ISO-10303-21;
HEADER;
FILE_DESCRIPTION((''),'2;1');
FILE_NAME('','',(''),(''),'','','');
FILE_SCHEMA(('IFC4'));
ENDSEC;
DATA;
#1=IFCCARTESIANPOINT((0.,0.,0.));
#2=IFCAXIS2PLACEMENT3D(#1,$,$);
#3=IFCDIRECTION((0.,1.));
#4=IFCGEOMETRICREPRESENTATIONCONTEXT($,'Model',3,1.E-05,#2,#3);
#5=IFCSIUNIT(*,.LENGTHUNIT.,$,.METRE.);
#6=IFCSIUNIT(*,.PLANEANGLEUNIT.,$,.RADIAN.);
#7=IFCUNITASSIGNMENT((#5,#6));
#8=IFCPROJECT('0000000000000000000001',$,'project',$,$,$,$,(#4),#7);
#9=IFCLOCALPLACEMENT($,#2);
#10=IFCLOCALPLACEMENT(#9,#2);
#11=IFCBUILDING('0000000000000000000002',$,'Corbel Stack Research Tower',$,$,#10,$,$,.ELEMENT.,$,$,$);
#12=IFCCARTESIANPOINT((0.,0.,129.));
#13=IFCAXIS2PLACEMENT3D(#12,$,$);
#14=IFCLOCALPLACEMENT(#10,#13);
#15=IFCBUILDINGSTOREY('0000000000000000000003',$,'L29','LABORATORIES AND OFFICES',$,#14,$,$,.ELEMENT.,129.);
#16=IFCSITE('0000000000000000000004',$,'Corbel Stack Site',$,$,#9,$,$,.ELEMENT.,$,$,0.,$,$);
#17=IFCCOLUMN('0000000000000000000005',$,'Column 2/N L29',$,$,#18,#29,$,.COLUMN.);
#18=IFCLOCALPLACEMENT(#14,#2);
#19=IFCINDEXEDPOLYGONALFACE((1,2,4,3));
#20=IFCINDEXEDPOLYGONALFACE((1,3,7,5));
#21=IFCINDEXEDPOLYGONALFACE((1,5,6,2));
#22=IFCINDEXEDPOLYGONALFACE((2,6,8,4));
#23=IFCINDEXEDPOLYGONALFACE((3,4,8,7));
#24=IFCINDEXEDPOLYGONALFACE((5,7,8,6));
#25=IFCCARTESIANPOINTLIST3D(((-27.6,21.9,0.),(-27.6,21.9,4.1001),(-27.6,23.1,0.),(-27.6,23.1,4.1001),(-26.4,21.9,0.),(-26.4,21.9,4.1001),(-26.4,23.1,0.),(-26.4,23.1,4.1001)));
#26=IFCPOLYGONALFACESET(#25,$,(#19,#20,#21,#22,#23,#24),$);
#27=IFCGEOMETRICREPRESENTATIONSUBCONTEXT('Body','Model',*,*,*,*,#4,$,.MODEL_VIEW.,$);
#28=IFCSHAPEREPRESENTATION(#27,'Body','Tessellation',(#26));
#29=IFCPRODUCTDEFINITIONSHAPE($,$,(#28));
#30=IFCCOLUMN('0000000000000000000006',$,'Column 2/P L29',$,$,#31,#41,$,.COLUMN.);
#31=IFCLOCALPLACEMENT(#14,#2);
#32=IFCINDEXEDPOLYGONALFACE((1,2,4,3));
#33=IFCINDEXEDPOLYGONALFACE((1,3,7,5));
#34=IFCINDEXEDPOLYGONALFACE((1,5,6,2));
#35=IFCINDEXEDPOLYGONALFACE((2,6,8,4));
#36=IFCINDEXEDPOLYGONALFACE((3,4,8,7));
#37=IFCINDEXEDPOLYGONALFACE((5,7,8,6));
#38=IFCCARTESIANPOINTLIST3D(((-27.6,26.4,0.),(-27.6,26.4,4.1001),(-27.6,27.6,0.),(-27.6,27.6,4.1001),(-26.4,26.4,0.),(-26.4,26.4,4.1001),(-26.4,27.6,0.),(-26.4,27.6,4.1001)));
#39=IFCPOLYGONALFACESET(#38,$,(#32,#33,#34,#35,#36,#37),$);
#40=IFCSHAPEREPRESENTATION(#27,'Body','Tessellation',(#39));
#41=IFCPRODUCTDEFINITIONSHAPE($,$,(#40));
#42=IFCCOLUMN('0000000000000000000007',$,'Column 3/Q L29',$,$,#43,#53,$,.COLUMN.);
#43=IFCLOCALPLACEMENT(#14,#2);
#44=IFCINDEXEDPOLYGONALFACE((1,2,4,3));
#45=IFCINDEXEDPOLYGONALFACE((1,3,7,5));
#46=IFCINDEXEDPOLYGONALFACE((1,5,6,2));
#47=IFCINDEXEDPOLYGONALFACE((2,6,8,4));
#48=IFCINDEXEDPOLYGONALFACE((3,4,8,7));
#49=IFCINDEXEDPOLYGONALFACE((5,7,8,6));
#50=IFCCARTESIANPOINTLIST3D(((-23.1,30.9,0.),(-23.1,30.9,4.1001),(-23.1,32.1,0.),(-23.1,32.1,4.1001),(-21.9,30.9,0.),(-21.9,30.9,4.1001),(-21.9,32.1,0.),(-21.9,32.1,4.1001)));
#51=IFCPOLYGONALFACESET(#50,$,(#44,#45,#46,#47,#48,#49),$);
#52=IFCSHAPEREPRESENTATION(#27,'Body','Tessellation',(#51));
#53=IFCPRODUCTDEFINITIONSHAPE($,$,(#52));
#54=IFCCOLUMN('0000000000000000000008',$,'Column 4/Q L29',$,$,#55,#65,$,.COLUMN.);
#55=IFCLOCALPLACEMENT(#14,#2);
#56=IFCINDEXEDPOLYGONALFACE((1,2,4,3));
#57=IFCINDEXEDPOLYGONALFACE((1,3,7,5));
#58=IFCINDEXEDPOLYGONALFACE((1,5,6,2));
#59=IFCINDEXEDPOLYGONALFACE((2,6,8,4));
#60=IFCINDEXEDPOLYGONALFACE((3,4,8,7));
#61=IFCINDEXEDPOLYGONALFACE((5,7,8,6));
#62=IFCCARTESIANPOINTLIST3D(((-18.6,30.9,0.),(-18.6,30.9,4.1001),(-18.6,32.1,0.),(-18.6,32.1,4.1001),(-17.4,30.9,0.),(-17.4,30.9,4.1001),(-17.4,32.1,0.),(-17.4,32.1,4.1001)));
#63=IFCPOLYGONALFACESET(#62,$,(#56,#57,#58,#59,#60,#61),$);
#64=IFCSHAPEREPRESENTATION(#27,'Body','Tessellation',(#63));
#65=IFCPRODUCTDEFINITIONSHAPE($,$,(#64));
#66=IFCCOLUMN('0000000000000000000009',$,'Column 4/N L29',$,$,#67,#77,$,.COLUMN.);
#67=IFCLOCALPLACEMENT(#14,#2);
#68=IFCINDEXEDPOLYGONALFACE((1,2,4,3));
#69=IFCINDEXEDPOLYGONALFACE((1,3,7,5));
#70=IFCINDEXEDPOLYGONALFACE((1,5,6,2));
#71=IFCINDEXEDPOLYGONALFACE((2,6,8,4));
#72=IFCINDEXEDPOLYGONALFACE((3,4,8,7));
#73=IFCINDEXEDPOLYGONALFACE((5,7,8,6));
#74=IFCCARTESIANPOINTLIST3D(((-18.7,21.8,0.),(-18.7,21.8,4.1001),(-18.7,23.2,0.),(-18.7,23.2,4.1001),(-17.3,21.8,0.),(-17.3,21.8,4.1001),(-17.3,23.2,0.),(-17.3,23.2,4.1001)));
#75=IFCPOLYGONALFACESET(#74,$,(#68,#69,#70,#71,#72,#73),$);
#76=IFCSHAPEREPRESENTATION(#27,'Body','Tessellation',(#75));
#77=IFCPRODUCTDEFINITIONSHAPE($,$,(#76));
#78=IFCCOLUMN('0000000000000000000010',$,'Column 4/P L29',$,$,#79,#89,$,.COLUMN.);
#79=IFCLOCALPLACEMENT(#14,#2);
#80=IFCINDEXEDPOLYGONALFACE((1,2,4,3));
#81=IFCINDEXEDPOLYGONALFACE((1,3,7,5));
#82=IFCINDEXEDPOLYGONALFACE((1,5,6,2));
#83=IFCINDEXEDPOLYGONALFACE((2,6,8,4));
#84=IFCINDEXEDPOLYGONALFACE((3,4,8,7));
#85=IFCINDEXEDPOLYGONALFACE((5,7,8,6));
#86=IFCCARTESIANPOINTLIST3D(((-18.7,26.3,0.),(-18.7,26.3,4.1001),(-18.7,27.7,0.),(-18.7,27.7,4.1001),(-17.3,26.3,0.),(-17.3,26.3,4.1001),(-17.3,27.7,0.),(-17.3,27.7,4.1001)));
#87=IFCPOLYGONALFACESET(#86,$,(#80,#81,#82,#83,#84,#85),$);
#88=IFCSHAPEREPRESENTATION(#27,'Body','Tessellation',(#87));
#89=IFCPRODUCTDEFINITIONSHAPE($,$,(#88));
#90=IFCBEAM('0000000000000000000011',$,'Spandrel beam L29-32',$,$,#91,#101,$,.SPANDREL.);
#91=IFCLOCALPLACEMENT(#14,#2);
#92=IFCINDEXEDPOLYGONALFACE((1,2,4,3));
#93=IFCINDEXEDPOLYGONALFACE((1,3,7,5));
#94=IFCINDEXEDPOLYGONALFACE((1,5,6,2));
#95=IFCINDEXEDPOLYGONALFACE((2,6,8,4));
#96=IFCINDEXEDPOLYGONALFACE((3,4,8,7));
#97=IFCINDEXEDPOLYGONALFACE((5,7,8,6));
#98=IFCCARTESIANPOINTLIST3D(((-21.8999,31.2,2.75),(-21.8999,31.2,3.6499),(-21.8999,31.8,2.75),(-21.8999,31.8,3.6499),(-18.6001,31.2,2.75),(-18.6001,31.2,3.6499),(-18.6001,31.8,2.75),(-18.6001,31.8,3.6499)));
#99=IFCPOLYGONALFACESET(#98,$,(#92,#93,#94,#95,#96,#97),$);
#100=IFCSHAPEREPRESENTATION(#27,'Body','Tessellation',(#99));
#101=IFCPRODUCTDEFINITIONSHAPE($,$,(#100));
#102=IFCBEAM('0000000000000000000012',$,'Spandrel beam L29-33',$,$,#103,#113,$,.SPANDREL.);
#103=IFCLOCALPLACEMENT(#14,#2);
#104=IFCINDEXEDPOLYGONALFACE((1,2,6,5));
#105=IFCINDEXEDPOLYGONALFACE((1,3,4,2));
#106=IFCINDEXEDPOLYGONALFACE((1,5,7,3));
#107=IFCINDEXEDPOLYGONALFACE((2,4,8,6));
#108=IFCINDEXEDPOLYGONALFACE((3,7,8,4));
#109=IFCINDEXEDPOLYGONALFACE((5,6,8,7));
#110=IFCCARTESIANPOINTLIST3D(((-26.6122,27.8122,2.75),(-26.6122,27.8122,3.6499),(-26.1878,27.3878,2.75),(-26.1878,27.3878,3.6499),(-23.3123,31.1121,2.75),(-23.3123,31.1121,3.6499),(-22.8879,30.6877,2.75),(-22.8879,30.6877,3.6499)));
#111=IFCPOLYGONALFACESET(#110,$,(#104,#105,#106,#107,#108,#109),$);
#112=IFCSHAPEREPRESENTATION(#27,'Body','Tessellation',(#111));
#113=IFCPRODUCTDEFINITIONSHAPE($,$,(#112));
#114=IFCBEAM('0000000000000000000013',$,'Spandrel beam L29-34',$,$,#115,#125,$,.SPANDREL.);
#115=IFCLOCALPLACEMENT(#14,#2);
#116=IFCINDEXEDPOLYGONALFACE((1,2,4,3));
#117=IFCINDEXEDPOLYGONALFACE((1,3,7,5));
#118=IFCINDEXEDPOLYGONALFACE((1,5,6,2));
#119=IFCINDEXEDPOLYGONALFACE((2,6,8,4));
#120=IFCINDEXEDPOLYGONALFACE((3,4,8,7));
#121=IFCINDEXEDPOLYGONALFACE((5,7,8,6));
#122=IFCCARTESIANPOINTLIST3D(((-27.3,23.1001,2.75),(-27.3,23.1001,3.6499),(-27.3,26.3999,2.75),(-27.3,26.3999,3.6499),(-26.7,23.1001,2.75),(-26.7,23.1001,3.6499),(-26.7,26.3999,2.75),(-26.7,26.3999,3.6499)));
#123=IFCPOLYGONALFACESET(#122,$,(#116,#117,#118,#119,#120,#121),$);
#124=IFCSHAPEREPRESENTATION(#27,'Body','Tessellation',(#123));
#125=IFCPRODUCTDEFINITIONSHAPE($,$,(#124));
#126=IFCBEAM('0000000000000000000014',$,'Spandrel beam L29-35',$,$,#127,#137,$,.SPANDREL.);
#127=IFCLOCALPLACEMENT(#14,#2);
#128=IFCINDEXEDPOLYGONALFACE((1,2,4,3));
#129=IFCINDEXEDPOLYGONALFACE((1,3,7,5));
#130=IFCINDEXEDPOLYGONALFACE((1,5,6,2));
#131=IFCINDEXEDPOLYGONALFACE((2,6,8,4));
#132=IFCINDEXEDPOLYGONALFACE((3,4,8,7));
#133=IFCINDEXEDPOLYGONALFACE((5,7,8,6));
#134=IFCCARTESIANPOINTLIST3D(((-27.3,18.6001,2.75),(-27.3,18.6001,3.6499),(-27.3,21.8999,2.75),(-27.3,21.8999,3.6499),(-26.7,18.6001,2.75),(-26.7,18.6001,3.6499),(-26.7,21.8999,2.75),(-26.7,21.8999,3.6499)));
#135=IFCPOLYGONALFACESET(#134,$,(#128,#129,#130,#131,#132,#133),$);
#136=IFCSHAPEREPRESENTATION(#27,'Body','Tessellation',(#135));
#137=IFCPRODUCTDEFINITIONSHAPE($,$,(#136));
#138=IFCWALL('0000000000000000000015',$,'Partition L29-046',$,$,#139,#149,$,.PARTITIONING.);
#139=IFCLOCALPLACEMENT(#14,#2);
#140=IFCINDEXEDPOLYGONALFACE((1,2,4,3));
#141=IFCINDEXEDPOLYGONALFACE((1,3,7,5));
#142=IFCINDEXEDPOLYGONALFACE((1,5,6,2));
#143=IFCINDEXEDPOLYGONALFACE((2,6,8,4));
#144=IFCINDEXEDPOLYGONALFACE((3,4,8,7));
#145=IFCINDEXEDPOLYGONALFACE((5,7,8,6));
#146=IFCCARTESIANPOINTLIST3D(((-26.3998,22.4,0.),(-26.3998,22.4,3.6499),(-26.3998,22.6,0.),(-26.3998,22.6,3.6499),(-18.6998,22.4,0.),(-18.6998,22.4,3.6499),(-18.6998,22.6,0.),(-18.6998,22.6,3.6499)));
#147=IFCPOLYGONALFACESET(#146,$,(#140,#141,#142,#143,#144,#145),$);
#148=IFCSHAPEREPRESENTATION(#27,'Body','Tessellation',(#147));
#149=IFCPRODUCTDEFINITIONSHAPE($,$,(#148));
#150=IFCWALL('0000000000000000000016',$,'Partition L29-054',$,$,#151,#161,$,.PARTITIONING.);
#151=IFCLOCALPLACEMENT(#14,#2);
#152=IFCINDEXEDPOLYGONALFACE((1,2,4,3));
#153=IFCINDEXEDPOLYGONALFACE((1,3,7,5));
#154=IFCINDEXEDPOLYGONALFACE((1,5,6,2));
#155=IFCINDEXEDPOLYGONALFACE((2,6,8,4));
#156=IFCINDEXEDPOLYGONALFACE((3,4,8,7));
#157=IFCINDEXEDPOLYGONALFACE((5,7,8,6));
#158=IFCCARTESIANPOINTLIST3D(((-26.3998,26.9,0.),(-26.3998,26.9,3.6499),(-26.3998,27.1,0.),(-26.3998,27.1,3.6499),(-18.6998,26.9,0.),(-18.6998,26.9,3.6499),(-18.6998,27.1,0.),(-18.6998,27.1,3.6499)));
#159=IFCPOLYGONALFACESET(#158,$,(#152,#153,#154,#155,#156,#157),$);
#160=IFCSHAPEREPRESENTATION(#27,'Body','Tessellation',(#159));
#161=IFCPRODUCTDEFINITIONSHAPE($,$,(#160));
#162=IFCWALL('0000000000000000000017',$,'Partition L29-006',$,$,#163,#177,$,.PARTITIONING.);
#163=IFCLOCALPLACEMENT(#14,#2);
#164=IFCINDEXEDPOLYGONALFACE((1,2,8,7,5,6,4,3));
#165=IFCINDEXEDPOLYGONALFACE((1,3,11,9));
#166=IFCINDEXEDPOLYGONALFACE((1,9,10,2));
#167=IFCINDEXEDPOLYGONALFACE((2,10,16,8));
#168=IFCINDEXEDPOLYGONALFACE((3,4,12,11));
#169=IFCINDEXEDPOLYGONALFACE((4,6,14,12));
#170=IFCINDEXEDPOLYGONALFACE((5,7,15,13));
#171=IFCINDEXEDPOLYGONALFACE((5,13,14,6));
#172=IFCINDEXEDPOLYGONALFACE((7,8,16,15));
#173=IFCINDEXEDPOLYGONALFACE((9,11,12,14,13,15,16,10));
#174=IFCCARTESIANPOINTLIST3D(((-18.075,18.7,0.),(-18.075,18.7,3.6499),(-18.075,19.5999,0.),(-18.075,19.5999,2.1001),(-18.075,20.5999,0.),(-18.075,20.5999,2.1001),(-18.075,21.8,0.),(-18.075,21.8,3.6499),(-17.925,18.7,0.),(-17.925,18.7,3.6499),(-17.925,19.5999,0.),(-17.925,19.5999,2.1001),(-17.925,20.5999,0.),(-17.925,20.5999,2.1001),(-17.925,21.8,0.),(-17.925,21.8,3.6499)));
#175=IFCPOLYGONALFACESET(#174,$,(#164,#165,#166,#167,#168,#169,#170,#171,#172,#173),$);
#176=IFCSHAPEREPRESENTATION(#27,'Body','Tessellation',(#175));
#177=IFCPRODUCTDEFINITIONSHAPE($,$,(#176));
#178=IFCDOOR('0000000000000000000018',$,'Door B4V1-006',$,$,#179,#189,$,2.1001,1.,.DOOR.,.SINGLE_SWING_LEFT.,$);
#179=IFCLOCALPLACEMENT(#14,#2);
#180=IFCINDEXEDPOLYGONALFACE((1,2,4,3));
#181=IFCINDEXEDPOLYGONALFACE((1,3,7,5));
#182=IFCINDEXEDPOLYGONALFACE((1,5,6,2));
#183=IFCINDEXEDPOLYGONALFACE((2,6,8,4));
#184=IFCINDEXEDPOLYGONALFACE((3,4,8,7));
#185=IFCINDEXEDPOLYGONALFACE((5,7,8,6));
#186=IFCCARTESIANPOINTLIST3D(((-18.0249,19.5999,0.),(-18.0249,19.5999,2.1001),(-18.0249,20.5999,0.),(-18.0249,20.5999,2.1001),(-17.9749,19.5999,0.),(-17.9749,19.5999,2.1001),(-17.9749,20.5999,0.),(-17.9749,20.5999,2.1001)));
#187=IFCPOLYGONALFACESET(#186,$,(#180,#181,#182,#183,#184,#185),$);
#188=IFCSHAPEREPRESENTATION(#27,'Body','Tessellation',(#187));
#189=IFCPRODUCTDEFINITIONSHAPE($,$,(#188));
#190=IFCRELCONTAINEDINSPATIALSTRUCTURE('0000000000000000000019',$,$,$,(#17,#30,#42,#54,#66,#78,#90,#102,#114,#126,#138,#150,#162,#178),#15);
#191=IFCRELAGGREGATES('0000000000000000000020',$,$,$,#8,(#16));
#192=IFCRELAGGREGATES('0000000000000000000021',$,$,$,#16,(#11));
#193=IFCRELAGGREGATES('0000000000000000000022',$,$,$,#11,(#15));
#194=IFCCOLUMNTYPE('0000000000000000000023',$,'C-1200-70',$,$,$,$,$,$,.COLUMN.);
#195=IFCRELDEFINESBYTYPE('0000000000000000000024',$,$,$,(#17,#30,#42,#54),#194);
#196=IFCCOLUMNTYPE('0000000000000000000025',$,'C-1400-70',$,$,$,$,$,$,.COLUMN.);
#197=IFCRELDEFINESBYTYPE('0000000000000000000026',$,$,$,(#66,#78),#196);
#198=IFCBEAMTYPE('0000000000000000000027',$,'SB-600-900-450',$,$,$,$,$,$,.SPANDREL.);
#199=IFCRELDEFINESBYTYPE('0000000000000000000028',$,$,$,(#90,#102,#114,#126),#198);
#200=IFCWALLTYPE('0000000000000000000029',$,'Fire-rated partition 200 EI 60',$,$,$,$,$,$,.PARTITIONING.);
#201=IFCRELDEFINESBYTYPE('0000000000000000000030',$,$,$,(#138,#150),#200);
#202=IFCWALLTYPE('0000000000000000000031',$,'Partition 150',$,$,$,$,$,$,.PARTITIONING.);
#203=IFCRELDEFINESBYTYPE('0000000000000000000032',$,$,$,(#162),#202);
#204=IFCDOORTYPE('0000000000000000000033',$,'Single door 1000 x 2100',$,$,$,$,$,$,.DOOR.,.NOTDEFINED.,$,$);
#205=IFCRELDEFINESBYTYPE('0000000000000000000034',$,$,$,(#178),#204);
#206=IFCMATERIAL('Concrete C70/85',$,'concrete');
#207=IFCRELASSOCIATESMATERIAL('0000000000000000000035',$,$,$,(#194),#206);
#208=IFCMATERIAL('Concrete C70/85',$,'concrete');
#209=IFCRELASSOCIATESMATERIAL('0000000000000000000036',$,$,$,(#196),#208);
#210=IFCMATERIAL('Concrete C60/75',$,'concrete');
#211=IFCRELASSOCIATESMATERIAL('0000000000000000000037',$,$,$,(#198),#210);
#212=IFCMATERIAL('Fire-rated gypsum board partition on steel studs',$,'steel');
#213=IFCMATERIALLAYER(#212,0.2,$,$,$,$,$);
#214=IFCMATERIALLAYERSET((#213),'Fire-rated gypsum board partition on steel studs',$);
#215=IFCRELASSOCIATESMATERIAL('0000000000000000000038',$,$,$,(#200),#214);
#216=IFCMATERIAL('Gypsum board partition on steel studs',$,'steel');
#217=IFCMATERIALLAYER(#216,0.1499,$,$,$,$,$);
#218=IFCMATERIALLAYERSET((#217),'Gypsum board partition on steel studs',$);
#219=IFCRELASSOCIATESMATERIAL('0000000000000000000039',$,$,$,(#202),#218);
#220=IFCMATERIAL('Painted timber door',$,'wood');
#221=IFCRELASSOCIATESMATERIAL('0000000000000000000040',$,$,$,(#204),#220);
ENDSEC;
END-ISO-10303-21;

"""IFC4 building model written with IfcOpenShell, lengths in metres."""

from ifc_helpers import new_model, si_unit, direction, frame, frame_2d, origin, origin_2d, place, context, subcontext, project, spatial, rectangle, extrude, material, layer, layer_set, material_profile, profile_set, type_object, element, fill, save


model = new_model("IFC4")

# Units and contexts
model_context = context("Model", 3, precision=1e-05, world=origin(), true_north=direction((0.0, 1.0)))
body_context = subcontext(model_context, "Body", "Model", "MODEL_VIEW")
ifc_project = project(units=[si_unit("LENGTHUNIT", "METRE"), si_unit("PLANEANGLEUNIT", "RADIAN")], contexts=[model_context])

# Site, building, storey
site_placement = place(None, origin())
site = spatial("IfcSite", under=ifc_project, at=site_placement, Name="Corbel Stack Site", CompositionType="ELEMENT", RefElevation=0.0)
building_placement = place(site_placement, origin())
building = spatial("IfcBuilding", under=site, at=building_placement, Name="Corbel Stack Research Tower", CompositionType="ELEMENT")
storey_placement = place(building_placement, frame((0.0, 0.0, 129.0)))
storey = spatial("IfcBuildingStorey", under=building, at=storey_placement, Name="L29", Description="LABORATORIES AND OFFICES", CompositionType="ELEMENT", Elevation=129.0)

# Columns
ifc_material_1 = material(Name="Concrete C70/85", Category="concrete")
ifc_material_profile_1 = material_profile(ifc_material_1, rectangle(XDim=1.2, YDim=1.2, at=origin_2d()), Name="RC 1200 x 1200")
ifc_profile_set_1 = profile_set([ifc_material_profile_1], Name="Concrete C70/85")
column_type_1 = type_object("IfcColumnType", Name="C-1200-70", PredefinedType="COLUMN", material=ifc_profile_set_1)
for number, where, z_axis, x_axis, name in (
    (1, (-27.0, 22.5, 0.0), (0.0, 0.0, 1.0), (1.0, 0.0, 0.0), "Column 2/N L29"),
    (2, (-27.0, 27.0, 0.0), (0.0, 0.0, 1.0), (1.0, 0.0, 0.0), "Column 2/P L29"),
    (3, (-22.5, 31.5, 0.0), (0.0, 0.0, 1.0), (1.0, 0.0, 0.0), "Column 3/Q L29"),
    (4, (-18.0, 31.5, 0.0), (0.0, 0.0, 1.0), (1.0, 0.0, 0.0), "Column 4/Q L29"),
):
    element("IfcColumn", number, at=place(storey_placement, frame(where, z_axis=z_axis, x_axis=x_axis)), inside=storey, type_object=column_type_1, Name=name, PredefinedType="COLUMN", context=body_context, shape_type="SweptSolid", body=[
        extrude(rectangle(XDim=1.2, YDim=1.2, at=origin_2d()), origin(), (0.0, 0.0, 1.0), 4.1001),
    ])
ifc_material_2 = material(Name="Concrete C70/85", Category="concrete")
ifc_material_profile_2 = material_profile(ifc_material_2, rectangle(XDim=1.3999, YDim=1.3999, at=origin_2d()), Name="RC 1400 x 1400")
ifc_profile_set_2 = profile_set([ifc_material_profile_2], Name="Concrete C70/85")
column_type_2 = type_object("IfcColumnType", Name="C-1400-70", PredefinedType="COLUMN", material=ifc_profile_set_2)
for number, where, z_axis, x_axis, name in (
    (5, (-18.0, 22.5, 0.0), (0.0, 0.0, 1.0), (1.0, 0.0, 0.0), "Column 4/N L29"),
    (6, (-18.0, 27.0, 0.0), (0.0, 0.0, 1.0), (1.0, 0.0, 0.0), "Column 4/P L29"),
):
    element("IfcColumn", number, at=place(storey_placement, frame(where, z_axis=z_axis, x_axis=x_axis)), inside=storey, type_object=column_type_2, Name=name, PredefinedType="COLUMN", context=body_context, shape_type="SweptSolid", body=[
        extrude(rectangle(XDim=1.3999, YDim=1.3999, at=origin_2d()), origin(), (0.0, 0.0, 1.0), 4.1001),
    ])

# Beams
ifc_material_3 = material(Name="Concrete C60/75", Category="concrete")
ifc_material_profile_3 = material_profile(ifc_material_3, rectangle(XDim=0.6001, YDim=0.8999, at=origin_2d()), Name="RC 600 x 900")
ifc_profile_set_3 = profile_set([ifc_material_profile_3], Name="Concrete C60/75")
beam_type = type_object("IfcBeamType", Name="SB-600-900-450", PredefinedType="SPANDREL", material=ifc_profile_set_3)
beam_1_placement = place(storey_placement, frame((-18.6001, 31.5, 3.2), z_axis=(-1.0, 0.0, 0.0), x_axis=(0.0, -1.0, 0.0)))
element("IfcBeam", 7, at=beam_1_placement, inside=storey, type_object=beam_type, Name="Spandrel beam L29-32", PredefinedType="SPANDREL", context=body_context, shape_type="SweptSolid", body=[
    extrude(rectangle(XDim=0.6001, YDim=0.8999, at=origin_2d()), origin(), (0.0, 0.0, 1.0), 3.2998),
])
beam_2_placement = place(storey_placement, frame((-23.1001, 30.8999, 3.2), z_axis=(-0.707107, -0.707107, 0.0), x_axis=(0.707107, -0.707107, 0.0)))
element("IfcBeam", 8, at=beam_2_placement, inside=storey, type_object=beam_type, Name="Spandrel beam L29-33", PredefinedType="SPANDREL", context=body_context, shape_type="SweptSolid", body=[
    extrude(rectangle(XDim=0.6001, YDim=0.8999, at=origin_2d()), origin(), (0.0, 0.0, 1.0), 4.6667),
])
for number, where, z_axis, x_axis, name in (
    (9, (-27.0, 26.3999, 3.2), (0.0, -1.0, 0.0), (1.0, 0.0, 0.0), "Spandrel beam L29-34"),
    (10, (-27.0, 21.8999, 3.2), (0.0, -1.0, 0.0), (1.0, 0.0, 0.0), "Spandrel beam L29-35"),
):
    element("IfcBeam", number, at=place(storey_placement, frame(where, z_axis=z_axis, x_axis=x_axis)), inside=storey, type_object=beam_type, Name=name, PredefinedType="SPANDREL", context=body_context, shape_type="SweptSolid", body=[
        extrude(rectangle(XDim=0.6001, YDim=0.8999, at=origin_2d()), origin(), (0.0, 0.0, 1.0), 3.2998),
    ])

# Walls
ifc_material_4 = material(Name="Fire-rated gypsum board partition on steel studs", Category="steel")
ifc_layer_1 = layer(ifc_material_4, 0.2)
ifc_layer_set_1 = layer_set([ifc_layer_1], Name="Fire-rated gypsum board partition on steel studs")
wall_type_1 = type_object("IfcWallType", Name="Fire-rated partition 200 EI 60", PredefinedType="PARTITIONING", material=ifc_layer_set_1)
for number, where, z_axis, x_axis, name in (
    (11, (-26.3999, 22.5, 0.0), (0.0, 0.0, 1.0), (1.0, 0.0, 0.0), "Partition L29-046"),
    (12, (-26.3999, 27.0, 0.0), (0.0, 0.0, 1.0), (1.0, 0.0, 0.0), "Partition L29-054"),
):
    element("IfcWall", number, at=place(storey_placement, frame(where, z_axis=z_axis, x_axis=x_axis)), inside=storey, type_object=wall_type_1, Name=name, PredefinedType="PARTITIONING", context=body_context, shape_type="SweptSolid", body=[
        extrude(rectangle(XDim=7.7, YDim=0.2, at=frame_2d((3.8501, 0.0))), origin(), (0.0, 0.0, 1.0), 3.6499),
    ])

# Wall, opening, door
ifc_material_5 = material(Name="Gypsum board partition on steel studs", Category="steel")
ifc_layer_2 = layer(ifc_material_5, 0.1499)
ifc_layer_set_2 = layer_set([ifc_layer_2], Name="Gypsum board partition on steel studs")
wall_type_2 = type_object("IfcWallType", Name="Partition 150", PredefinedType="PARTITIONING", material=ifc_layer_set_2)
wall_1_placement = place(storey_placement, frame((-18.0, 18.7, 0.0), z_axis=(0.0, 0.0, 1.0), x_axis=(0.0, 1.0, 0.0)))
wall_1 = element("IfcWall", 13, at=wall_1_placement, inside=storey, type_object=wall_type_2, Name="Partition L29-006", PredefinedType="PARTITIONING", context=body_context, shape_type="SweptSolid", body=[
    extrude(rectangle(XDim=3.1001, YDim=0.1499, at=frame_2d((1.55, 0.0))), origin(), (0.0, 0.0, 1.0), 3.6499),
])
opening_1_placement = place(wall_1_placement, frame((0.8999, 0.0, 0.0)))
opening_1 = element("IfcOpeningElement", 14, at=opening_1_placement, cuts=wall_1, PredefinedType="OPENING", context=body_context, shape_type="SweptSolid", body=[
    extrude(rectangle(XDim=1.0, YDim=2.1001, at=frame_2d((0.5, 1.05))), frame((0.0, 0.085, 0.0), z_axis=(0.0, -1.0, 0.0), x_axis=(1.0, 0.0, 0.0)), (0.0, 0.0, 1.0), 0.1699),
])
ifc_material_6 = material(Name="Painted timber door", Category="wood")
door_type_1 = type_object("IfcDoorType", Name="Single door 1000 x 2100", OperationType="NOTDEFINED", PredefinedType="DOOR", material=ifc_material_6)
door_1_placement = place(opening_1_placement, origin())
door_1 = element("IfcDoor", 15, at=door_1_placement, inside=storey, type_object=door_type_1, Name="Door B4V1-006", OperationType="SINGLE_SWING_LEFT", OverallHeight=2.1001, OverallWidth=1.0, PredefinedType="DOOR", context=body_context, shape_type="SweptSolid", body=[
    extrude(rectangle(XDim=1.0, YDim=2.1001, at=frame_2d((0.5, 1.05))), frame((0.0, 0.0249, 0.0), z_axis=(0.0, -1.0, 0.0), x_axis=(1.0, 0.0, 0.0)), (0.0, 0.0, 1.0), 0.05),
])
fill(opening_1, door_1)

save(model, "model.ifc")
